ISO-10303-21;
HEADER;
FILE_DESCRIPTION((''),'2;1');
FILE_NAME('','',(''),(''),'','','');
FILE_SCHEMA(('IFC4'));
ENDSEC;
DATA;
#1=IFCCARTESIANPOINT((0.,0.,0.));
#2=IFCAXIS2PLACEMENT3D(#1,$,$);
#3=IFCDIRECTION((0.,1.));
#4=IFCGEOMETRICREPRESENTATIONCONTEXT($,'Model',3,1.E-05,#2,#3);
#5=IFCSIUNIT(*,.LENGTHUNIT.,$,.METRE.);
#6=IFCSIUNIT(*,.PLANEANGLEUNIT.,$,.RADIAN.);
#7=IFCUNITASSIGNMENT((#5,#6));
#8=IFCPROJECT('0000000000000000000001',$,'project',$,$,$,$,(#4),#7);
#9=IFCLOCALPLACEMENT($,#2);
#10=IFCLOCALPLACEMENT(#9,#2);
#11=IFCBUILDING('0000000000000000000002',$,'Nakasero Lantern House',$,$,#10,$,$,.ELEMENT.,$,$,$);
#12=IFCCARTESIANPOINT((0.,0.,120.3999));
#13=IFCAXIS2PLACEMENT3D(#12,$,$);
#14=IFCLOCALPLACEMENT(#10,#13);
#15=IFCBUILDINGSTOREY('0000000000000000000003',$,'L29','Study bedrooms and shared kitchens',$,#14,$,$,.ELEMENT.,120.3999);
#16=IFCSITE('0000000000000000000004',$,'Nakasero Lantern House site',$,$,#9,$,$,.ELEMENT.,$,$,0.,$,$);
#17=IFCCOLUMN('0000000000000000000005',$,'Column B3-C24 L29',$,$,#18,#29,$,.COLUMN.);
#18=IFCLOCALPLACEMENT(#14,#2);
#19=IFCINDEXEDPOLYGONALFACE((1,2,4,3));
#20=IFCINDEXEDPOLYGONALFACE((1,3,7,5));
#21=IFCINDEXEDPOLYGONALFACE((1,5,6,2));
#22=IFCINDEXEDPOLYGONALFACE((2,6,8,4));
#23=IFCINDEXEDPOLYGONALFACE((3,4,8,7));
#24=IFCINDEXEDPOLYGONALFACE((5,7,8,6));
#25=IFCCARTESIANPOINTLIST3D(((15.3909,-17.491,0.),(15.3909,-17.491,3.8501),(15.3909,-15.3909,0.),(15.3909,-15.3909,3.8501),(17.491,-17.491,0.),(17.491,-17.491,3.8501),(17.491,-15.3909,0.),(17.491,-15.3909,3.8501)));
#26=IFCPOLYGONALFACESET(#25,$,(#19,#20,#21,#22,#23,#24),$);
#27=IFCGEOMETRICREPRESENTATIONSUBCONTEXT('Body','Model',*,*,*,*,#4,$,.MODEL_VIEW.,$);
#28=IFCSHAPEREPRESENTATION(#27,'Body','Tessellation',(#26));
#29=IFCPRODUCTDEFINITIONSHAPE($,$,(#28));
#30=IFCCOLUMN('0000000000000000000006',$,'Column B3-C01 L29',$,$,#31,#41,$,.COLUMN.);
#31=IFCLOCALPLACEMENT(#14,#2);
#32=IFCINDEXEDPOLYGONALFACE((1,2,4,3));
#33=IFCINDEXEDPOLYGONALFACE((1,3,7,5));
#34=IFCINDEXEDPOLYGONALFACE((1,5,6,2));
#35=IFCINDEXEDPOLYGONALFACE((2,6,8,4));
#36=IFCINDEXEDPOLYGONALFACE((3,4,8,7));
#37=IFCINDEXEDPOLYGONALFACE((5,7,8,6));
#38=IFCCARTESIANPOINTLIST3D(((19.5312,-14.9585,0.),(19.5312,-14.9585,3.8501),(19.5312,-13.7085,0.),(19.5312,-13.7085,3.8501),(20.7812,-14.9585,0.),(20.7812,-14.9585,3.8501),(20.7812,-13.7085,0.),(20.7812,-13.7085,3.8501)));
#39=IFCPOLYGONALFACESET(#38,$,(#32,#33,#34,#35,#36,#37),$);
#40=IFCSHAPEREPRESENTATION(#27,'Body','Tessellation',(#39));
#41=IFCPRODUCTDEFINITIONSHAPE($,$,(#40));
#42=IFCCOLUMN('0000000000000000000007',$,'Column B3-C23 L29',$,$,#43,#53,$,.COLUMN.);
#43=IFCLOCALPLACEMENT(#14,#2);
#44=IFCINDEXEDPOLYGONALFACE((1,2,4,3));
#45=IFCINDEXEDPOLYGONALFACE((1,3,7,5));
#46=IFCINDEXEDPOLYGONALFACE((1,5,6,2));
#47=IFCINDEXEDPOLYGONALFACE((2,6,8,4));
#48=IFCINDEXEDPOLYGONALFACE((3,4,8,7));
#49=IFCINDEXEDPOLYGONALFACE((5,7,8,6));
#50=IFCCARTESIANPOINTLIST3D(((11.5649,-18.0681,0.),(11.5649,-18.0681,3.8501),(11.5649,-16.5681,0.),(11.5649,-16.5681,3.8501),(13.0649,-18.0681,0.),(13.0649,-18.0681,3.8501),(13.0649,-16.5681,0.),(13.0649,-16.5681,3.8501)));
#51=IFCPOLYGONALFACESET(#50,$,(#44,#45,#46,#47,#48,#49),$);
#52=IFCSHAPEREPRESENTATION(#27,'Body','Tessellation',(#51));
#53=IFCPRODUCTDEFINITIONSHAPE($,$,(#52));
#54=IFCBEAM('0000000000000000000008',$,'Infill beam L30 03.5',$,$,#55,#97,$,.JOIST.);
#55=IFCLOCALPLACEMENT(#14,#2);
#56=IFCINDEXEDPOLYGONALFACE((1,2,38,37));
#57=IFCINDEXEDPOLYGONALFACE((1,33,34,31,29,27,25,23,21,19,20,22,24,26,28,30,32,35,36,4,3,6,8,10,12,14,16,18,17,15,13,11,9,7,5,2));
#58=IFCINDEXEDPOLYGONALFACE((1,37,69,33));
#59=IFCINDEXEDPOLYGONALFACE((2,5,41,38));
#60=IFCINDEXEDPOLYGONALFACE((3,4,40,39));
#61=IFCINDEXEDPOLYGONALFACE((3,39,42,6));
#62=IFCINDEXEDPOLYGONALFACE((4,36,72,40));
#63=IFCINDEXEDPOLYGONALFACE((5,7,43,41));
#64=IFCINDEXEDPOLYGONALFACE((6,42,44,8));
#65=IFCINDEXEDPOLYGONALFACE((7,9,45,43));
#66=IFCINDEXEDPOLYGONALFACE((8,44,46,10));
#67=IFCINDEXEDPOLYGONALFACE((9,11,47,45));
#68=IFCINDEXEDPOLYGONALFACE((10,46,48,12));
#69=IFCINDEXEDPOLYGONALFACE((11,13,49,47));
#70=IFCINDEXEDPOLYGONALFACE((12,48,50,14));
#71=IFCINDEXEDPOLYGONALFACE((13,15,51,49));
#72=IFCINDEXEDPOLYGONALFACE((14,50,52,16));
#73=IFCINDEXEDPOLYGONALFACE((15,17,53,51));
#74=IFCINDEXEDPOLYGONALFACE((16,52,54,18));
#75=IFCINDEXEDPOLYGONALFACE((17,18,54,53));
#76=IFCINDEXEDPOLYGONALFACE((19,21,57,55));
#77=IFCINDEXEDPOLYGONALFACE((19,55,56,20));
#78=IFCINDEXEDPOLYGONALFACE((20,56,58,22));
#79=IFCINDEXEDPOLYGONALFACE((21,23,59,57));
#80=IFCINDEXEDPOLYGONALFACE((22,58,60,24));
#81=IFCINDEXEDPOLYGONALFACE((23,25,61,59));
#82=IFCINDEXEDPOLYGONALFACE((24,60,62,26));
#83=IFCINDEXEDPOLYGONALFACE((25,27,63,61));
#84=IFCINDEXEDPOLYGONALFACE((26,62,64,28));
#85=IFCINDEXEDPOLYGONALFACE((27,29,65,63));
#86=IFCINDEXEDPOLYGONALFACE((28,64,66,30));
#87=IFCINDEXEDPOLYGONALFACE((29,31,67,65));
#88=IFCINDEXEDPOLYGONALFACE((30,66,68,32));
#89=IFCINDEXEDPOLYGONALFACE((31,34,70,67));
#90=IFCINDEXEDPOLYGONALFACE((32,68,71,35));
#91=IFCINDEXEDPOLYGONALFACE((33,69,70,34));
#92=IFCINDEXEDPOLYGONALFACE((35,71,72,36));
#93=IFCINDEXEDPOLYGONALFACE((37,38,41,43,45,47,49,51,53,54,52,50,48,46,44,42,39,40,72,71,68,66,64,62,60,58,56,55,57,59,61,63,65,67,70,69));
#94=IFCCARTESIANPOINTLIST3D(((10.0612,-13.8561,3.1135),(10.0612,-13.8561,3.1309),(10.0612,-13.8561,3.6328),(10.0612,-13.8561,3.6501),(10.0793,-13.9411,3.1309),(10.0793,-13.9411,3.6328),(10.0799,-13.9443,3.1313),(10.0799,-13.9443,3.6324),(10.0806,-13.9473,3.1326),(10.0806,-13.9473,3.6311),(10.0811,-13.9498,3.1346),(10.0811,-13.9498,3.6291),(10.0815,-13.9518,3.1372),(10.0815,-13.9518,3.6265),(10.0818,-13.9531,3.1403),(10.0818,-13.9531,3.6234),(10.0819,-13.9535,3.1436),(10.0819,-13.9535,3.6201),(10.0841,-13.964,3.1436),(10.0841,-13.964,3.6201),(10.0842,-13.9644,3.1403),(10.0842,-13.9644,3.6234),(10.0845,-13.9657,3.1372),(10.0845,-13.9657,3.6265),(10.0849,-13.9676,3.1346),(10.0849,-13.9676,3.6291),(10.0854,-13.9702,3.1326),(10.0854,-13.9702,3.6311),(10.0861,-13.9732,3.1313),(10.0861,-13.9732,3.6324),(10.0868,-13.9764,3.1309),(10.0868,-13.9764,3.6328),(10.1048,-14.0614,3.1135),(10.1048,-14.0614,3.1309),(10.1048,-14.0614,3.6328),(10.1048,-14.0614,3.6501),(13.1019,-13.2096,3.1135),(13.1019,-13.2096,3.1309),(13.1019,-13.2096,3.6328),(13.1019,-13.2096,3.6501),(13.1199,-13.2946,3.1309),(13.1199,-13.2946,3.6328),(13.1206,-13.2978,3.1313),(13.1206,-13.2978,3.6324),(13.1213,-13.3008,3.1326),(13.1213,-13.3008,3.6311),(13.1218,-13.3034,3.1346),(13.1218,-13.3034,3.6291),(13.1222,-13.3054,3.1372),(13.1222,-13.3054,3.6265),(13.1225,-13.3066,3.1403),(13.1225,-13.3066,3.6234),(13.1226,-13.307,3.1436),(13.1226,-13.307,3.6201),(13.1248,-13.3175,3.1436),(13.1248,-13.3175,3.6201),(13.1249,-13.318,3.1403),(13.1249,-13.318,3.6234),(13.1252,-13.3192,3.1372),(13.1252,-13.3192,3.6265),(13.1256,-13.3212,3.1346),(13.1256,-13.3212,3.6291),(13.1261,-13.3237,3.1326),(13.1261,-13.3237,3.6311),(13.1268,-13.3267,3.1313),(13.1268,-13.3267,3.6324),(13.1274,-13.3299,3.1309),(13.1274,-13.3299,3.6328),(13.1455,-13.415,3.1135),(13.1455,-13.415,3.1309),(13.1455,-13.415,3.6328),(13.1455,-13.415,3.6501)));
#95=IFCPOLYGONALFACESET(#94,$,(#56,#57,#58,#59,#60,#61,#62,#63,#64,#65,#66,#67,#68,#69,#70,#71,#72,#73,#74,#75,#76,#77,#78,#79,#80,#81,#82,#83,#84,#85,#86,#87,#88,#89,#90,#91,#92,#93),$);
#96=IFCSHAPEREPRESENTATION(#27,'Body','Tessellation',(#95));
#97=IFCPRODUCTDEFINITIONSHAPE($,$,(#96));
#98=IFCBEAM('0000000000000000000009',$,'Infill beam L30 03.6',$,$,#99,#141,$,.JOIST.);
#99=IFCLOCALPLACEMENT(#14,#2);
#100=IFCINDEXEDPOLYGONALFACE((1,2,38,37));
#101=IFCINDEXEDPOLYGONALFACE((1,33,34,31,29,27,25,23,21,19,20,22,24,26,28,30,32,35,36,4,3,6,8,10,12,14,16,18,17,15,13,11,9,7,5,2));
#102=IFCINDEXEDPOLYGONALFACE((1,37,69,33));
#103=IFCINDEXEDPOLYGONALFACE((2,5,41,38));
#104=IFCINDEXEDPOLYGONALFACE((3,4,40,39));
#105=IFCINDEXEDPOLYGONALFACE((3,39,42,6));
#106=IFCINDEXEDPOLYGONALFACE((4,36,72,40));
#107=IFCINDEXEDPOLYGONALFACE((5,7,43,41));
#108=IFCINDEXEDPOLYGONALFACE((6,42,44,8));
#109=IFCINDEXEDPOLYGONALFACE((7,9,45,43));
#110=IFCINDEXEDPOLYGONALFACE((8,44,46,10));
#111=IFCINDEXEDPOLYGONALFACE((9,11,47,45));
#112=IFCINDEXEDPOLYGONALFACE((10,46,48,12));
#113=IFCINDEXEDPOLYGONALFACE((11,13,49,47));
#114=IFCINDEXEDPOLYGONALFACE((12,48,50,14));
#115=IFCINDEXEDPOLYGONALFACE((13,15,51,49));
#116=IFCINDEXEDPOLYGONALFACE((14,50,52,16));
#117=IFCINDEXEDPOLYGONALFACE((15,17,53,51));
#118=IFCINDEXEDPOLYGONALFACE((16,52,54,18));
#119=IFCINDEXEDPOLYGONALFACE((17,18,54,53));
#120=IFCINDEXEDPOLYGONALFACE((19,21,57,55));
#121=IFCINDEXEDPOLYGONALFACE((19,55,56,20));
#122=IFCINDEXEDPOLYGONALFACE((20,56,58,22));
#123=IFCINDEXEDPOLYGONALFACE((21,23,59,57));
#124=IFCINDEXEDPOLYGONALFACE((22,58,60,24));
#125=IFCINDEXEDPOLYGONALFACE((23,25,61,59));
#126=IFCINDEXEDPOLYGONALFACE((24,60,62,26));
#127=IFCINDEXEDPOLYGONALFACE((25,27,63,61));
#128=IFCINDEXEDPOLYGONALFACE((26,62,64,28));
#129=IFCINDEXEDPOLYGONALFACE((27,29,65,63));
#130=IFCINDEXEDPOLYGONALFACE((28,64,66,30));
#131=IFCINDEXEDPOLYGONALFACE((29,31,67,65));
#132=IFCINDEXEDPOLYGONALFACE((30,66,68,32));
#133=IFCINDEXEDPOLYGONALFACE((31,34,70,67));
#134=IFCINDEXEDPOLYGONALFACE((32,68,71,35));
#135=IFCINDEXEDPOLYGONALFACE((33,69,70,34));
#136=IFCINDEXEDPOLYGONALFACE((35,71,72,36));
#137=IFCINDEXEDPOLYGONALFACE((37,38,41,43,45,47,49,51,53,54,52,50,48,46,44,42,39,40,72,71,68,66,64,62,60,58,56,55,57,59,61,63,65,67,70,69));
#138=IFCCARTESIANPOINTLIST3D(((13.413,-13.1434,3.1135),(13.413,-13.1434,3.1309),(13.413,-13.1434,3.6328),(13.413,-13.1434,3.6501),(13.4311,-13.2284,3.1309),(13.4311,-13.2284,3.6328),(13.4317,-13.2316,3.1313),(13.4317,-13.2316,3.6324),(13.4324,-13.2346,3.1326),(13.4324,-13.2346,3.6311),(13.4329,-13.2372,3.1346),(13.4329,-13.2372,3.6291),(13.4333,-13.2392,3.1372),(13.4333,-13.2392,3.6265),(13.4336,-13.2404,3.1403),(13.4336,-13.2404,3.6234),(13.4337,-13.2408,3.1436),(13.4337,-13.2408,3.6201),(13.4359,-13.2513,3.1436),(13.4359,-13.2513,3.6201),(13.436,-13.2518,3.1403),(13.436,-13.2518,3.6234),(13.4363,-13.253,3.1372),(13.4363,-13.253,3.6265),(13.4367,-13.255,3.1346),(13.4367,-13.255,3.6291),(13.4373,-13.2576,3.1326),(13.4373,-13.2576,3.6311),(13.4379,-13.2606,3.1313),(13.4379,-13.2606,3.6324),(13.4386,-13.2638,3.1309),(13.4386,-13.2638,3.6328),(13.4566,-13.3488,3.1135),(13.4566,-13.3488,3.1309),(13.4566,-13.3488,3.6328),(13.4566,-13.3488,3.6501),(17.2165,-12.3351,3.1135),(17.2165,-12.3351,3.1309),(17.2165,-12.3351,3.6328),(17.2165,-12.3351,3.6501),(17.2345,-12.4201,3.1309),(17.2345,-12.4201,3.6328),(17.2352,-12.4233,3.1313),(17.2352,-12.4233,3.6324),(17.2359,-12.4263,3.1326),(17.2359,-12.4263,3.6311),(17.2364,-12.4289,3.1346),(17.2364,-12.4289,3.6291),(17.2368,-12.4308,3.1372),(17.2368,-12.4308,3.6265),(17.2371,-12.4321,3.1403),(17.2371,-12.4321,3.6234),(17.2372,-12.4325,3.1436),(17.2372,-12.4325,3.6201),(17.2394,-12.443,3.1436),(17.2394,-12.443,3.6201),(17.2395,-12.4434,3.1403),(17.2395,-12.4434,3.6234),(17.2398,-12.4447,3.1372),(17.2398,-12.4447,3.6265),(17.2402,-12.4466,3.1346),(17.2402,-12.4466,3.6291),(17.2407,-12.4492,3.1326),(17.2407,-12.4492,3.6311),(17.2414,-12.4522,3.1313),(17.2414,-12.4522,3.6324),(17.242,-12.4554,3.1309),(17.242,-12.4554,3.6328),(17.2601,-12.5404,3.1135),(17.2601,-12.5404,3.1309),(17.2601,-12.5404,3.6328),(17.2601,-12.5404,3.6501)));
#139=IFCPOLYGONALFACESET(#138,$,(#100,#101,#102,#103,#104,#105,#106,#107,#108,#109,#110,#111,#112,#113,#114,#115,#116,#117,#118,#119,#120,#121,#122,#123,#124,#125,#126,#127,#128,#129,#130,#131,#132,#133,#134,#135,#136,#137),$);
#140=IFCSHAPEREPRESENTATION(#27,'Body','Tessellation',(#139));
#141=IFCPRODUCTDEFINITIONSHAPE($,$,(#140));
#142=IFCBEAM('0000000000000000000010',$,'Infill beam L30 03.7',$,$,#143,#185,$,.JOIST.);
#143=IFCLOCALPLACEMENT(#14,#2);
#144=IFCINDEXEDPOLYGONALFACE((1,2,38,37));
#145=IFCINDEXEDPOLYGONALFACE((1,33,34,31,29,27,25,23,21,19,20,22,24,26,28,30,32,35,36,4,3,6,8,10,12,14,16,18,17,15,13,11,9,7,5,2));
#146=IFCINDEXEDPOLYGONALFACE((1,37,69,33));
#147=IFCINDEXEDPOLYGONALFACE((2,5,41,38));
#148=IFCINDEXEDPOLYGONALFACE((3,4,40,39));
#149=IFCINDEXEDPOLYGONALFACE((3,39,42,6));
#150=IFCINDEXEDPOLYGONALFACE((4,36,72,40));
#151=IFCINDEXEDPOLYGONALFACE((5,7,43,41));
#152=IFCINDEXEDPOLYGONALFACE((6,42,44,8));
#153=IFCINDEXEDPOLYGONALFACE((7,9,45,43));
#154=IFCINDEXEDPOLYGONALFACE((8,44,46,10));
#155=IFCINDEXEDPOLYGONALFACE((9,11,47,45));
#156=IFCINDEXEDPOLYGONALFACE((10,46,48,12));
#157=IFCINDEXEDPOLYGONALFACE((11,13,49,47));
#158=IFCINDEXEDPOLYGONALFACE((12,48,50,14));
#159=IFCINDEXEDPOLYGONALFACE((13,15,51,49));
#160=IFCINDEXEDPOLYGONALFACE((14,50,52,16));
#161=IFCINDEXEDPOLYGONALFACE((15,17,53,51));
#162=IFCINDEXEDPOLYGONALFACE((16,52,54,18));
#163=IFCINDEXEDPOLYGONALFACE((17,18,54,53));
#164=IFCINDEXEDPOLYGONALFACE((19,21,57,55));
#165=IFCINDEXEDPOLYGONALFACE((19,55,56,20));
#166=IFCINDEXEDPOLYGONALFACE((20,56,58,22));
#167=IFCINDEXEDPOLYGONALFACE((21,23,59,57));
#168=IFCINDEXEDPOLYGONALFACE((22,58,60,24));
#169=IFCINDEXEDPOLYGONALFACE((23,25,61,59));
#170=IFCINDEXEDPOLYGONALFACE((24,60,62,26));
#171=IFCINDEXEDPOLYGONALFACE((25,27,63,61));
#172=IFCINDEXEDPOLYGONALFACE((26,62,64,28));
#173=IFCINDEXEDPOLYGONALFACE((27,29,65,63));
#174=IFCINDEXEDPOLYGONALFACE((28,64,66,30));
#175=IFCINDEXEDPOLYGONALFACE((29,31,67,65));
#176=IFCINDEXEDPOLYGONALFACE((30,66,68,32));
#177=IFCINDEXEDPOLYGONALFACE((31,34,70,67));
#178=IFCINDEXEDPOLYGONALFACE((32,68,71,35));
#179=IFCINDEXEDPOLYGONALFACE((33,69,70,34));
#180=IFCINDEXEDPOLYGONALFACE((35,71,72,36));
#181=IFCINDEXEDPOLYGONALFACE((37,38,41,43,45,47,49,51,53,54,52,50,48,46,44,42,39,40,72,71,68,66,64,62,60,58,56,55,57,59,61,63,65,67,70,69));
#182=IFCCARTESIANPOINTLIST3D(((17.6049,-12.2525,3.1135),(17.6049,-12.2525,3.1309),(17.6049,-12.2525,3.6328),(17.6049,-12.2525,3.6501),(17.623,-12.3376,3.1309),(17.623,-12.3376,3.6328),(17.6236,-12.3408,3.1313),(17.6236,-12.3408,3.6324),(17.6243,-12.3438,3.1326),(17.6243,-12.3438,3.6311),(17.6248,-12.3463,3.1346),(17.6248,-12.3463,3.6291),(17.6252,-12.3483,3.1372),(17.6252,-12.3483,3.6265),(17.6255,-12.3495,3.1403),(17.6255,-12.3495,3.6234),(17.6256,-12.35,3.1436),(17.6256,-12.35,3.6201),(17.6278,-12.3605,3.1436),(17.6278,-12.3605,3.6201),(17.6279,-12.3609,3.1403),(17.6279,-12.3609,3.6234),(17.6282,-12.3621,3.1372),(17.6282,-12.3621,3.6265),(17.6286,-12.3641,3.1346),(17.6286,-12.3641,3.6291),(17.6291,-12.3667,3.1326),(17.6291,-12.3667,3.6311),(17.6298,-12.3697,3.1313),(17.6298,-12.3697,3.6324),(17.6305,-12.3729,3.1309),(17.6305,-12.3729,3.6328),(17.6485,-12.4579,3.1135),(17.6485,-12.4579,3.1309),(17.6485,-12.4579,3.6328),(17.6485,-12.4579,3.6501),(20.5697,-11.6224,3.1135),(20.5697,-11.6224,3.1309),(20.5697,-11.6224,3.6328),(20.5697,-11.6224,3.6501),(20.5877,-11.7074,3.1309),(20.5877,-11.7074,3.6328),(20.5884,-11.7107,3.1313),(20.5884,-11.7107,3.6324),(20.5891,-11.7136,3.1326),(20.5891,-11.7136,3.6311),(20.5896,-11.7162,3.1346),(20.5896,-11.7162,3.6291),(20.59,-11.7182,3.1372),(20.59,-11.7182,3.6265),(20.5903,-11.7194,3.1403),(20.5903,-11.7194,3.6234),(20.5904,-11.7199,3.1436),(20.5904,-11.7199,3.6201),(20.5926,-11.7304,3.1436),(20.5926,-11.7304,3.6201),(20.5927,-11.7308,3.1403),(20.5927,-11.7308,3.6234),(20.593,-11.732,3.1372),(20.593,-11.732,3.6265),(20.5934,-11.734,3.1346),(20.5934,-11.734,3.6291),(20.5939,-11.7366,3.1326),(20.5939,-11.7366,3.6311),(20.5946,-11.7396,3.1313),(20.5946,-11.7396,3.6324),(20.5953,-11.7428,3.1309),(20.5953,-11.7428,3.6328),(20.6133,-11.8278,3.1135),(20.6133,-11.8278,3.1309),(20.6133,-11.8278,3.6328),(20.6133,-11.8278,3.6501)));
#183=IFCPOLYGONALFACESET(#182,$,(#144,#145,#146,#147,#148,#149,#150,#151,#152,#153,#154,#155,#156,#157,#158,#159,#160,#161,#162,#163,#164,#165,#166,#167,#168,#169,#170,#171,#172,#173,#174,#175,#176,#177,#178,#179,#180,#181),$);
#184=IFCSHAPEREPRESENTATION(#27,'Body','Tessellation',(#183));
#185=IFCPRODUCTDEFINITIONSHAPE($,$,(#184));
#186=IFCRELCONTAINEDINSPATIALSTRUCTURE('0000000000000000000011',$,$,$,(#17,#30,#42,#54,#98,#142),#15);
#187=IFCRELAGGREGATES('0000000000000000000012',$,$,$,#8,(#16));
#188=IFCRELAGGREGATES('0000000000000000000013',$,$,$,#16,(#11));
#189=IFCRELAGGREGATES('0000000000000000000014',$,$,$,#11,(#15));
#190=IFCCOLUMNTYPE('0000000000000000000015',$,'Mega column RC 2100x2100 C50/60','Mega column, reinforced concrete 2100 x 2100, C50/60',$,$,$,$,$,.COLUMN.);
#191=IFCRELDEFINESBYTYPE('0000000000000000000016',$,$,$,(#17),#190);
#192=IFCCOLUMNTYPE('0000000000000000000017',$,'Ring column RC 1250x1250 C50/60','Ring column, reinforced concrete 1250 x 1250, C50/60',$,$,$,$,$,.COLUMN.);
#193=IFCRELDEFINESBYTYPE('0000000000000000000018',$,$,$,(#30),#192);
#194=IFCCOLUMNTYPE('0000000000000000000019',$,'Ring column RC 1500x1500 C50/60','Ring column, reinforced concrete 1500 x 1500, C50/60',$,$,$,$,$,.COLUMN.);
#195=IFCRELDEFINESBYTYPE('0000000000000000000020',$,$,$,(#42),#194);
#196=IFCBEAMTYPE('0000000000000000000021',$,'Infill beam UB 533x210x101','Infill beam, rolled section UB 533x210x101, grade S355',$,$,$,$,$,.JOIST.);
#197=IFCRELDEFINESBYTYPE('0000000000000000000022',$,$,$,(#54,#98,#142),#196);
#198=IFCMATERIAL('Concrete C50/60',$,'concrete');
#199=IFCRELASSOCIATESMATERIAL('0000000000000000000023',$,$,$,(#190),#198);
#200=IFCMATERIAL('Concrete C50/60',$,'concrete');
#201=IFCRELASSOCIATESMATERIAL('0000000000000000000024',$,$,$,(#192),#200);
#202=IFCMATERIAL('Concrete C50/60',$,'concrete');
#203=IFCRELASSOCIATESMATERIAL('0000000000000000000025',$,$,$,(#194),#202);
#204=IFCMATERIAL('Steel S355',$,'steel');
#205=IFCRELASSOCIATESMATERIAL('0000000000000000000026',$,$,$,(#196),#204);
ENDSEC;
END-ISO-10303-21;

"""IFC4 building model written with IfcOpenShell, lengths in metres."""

from ifc_helpers import new_model, si_unit, direction, frame, origin, origin_2d, place, context, subcontext, project, spatial, rectangle, i_section, extrude, material, material_profile, profile_set, type_object, element, save


model = new_model("IFC4")

# Units and contexts
model_context = context("Model", 3, precision=1e-05, world=origin(), true_north=direction((0.0, 1.0)))
body_context = subcontext(model_context, "Body", "Model", "MODEL_VIEW")
ifc_project = project(units=[si_unit("LENGTHUNIT", "METRE"), si_unit("PLANEANGLEUNIT", "RADIAN")], contexts=[model_context])

# Site, building, storey
site_placement = place(None, origin())
site = spatial("IfcSite", under=ifc_project, at=site_placement, Name="Nakasero Lantern House site", CompositionType="ELEMENT", RefElevation=0.0)
building_placement = place(site_placement, origin())
building = spatial("IfcBuilding", under=site, at=building_placement, Name="Nakasero Lantern House", CompositionType="ELEMENT")
storey_placement = place(building_placement, frame((0.0, 0.0, 120.3999)))
storey = spatial("IfcBuildingStorey", under=building, at=storey_placement, Name="L29", Description="Study bedrooms and shared kitchens", CompositionType="ELEMENT", Elevation=120.3999)

# Columns
ifc_material_1 = material(Name="Concrete C50/60", Category="concrete")
ifc_material_profile_1 = material_profile(ifc_material_1, rectangle(XDim=2.1001, YDim=2.1001, at=origin_2d()), Name="RC 2100x2100")
ifc_profile_set_1 = profile_set([ifc_material_profile_1], Name="Concrete C50/60")
column_type_1 = type_object("IfcColumnType", Name="Mega column RC 2100x2100 C50/60", Description="Mega column, reinforced concrete 2100 x 2100, C50/60", PredefinedType="COLUMN", material=ifc_profile_set_1)
column_1_placement = place(storey_placement, frame((16.4409, -16.4409, 0.0), z_axis=(0.0, 0.0, 1.0), x_axis=(1.0, 0.0, 0.0)))
element("IfcColumn", 1, at=column_1_placement, inside=storey, type_object=column_type_1, Name="Column B3-C24 L29", PredefinedType="COLUMN", context=body_context, shape_type="SweptSolid", body=[
    extrude(rectangle(XDim=2.1001, YDim=2.1001, at=origin_2d()), origin(), (0.0, 0.0, 1.0), 3.8501),
])
ifc_material_2 = material(Name="Concrete C50/60", Category="concrete")
ifc_material_profile_2 = material_profile(ifc_material_2, rectangle(XDim=1.25, YDim=1.25, at=origin_2d()), Name="RC 1250x1250")
ifc_profile_set_2 = profile_set([ifc_material_profile_2], Name="Concrete C50/60")
column_type_2 = type_object("IfcColumnType", Name="Ring column RC 1250x1250 C50/60", Description="Ring column, reinforced concrete 1250 x 1250, C50/60", PredefinedType="COLUMN", material=ifc_profile_set_2)
column_2_placement = place(storey_placement, frame((20.1562, -14.3335, 0.0), z_axis=(0.0, 0.0, 1.0), x_axis=(1.0, 0.0, 0.0)))
element("IfcColumn", 2, at=column_2_placement, inside=storey, type_object=column_type_2, Name="Column B3-C01 L29", PredefinedType="COLUMN", context=body_context, shape_type="SweptSolid", body=[
    extrude(rectangle(XDim=1.25, YDim=1.25, at=origin_2d()), origin(), (0.0, 0.0, 1.0), 3.8501),
])
ifc_material_3 = material(Name="Concrete C50/60", Category="concrete")
ifc_material_profile_3 = material_profile(ifc_material_3, rectangle(XDim=1.5, YDim=1.5, at=origin_2d()), Name="RC 1500x1500")
ifc_profile_set_3 = profile_set([ifc_material_profile_3], Name="Concrete C50/60")
column_type_3 = type_object("IfcColumnType", Name="Ring column RC 1500x1500 C50/60", Description="Ring column, reinforced concrete 1500 x 1500, C50/60", PredefinedType="COLUMN", material=ifc_profile_set_3)
column_3_placement = place(storey_placement, frame((12.3149, -17.3181, 0.0), z_axis=(0.0, 0.0, 1.0), x_axis=(1.0, 0.0, 0.0)))
element("IfcColumn", 3, at=column_3_placement, inside=storey, type_object=column_type_3, Name="Column B3-C23 L29", PredefinedType="COLUMN", context=body_context, shape_type="SweptSolid", body=[
    extrude(rectangle(XDim=1.5, YDim=1.5, at=origin_2d()), origin(), (0.0, 0.0, 1.0), 3.8501),
])

# Beams
ifc_material_4 = material(Name="Steel S355", Category="steel")
ifc_material_profile_4 = material_profile(ifc_material_4, i_section(OverallWidth=0.21, OverallDepth=0.5366, WebThickness=0.0107, FlangeThickness=0.0173, FilletRadius=0.0127, at=origin_2d()), Name="UB 533x210x101")
ifc_profile_set_4 = profile_set([ifc_material_profile_4], Name="Steel S355")
beam_type_1 = type_object("IfcBeamType", Name="Infill beam UB 533x210x101", Description="Infill beam, rolled section UB 533x210x101, grade S355", PredefinedType="JOIST", material=ifc_profile_set_4)
beam_1_placement = place(storey_placement, frame((10.083, -13.9587, 3.3818), z_axis=(0.978138, 0.207957, 0.0), x_axis=(-0.207957, 0.978138, 0.0)))
element("IfcBeam", 4, at=beam_1_placement, inside=storey, type_object=beam_type_1, Name="Infill beam L30 03.5", PredefinedType="JOIST", context=body_context, shape_type="SweptSolid", body=[
    extrude(i_section(OverallWidth=0.21, OverallDepth=0.5366, WebThickness=0.0107, FlangeThickness=0.0173, FilletRadius=0.0127, at=origin_2d()), origin(), (0.0, 0.0, 1.0), 3.1086),
])
beam_2_placement = place(storey_placement, frame((13.4348, -13.2461, 3.3818), z_axis=(0.978153, 0.207887, 0.0), x_axis=(-0.207887, 0.978153, 0.0)))
element("IfcBeam", 5, at=beam_2_placement, inside=storey, type_object=beam_type_1, Name="Infill beam L30 03.6", PredefinedType="JOIST", context=body_context, shape_type="SweptSolid", body=[
    extrude(i_section(OverallWidth=0.21, OverallDepth=0.5366, WebThickness=0.0107, FlangeThickness=0.0173, FilletRadius=0.0127, at=origin_2d()), origin(), (0.0, 0.0, 1.0), 3.8884),
])
beam_3_placement = place(storey_placement, frame((17.6267, -12.3552, 3.3818), z_axis=(0.978152, 0.20789, 0.0), x_axis=(-0.20789, 0.978152, 0.0)))
element("IfcBeam", 6, at=beam_3_placement, inside=storey, type_object=beam_type_1, Name="Infill beam L30 03.7", PredefinedType="JOIST", context=body_context, shape_type="SweptSolid", body=[
    extrude(i_section(OverallWidth=0.21, OverallDepth=0.5366, WebThickness=0.0107, FlangeThickness=0.0173, FilletRadius=0.0127, at=origin_2d()), origin(), (0.0, 0.0, 1.0), 3.031),
])

save(model, "model.ifc")
